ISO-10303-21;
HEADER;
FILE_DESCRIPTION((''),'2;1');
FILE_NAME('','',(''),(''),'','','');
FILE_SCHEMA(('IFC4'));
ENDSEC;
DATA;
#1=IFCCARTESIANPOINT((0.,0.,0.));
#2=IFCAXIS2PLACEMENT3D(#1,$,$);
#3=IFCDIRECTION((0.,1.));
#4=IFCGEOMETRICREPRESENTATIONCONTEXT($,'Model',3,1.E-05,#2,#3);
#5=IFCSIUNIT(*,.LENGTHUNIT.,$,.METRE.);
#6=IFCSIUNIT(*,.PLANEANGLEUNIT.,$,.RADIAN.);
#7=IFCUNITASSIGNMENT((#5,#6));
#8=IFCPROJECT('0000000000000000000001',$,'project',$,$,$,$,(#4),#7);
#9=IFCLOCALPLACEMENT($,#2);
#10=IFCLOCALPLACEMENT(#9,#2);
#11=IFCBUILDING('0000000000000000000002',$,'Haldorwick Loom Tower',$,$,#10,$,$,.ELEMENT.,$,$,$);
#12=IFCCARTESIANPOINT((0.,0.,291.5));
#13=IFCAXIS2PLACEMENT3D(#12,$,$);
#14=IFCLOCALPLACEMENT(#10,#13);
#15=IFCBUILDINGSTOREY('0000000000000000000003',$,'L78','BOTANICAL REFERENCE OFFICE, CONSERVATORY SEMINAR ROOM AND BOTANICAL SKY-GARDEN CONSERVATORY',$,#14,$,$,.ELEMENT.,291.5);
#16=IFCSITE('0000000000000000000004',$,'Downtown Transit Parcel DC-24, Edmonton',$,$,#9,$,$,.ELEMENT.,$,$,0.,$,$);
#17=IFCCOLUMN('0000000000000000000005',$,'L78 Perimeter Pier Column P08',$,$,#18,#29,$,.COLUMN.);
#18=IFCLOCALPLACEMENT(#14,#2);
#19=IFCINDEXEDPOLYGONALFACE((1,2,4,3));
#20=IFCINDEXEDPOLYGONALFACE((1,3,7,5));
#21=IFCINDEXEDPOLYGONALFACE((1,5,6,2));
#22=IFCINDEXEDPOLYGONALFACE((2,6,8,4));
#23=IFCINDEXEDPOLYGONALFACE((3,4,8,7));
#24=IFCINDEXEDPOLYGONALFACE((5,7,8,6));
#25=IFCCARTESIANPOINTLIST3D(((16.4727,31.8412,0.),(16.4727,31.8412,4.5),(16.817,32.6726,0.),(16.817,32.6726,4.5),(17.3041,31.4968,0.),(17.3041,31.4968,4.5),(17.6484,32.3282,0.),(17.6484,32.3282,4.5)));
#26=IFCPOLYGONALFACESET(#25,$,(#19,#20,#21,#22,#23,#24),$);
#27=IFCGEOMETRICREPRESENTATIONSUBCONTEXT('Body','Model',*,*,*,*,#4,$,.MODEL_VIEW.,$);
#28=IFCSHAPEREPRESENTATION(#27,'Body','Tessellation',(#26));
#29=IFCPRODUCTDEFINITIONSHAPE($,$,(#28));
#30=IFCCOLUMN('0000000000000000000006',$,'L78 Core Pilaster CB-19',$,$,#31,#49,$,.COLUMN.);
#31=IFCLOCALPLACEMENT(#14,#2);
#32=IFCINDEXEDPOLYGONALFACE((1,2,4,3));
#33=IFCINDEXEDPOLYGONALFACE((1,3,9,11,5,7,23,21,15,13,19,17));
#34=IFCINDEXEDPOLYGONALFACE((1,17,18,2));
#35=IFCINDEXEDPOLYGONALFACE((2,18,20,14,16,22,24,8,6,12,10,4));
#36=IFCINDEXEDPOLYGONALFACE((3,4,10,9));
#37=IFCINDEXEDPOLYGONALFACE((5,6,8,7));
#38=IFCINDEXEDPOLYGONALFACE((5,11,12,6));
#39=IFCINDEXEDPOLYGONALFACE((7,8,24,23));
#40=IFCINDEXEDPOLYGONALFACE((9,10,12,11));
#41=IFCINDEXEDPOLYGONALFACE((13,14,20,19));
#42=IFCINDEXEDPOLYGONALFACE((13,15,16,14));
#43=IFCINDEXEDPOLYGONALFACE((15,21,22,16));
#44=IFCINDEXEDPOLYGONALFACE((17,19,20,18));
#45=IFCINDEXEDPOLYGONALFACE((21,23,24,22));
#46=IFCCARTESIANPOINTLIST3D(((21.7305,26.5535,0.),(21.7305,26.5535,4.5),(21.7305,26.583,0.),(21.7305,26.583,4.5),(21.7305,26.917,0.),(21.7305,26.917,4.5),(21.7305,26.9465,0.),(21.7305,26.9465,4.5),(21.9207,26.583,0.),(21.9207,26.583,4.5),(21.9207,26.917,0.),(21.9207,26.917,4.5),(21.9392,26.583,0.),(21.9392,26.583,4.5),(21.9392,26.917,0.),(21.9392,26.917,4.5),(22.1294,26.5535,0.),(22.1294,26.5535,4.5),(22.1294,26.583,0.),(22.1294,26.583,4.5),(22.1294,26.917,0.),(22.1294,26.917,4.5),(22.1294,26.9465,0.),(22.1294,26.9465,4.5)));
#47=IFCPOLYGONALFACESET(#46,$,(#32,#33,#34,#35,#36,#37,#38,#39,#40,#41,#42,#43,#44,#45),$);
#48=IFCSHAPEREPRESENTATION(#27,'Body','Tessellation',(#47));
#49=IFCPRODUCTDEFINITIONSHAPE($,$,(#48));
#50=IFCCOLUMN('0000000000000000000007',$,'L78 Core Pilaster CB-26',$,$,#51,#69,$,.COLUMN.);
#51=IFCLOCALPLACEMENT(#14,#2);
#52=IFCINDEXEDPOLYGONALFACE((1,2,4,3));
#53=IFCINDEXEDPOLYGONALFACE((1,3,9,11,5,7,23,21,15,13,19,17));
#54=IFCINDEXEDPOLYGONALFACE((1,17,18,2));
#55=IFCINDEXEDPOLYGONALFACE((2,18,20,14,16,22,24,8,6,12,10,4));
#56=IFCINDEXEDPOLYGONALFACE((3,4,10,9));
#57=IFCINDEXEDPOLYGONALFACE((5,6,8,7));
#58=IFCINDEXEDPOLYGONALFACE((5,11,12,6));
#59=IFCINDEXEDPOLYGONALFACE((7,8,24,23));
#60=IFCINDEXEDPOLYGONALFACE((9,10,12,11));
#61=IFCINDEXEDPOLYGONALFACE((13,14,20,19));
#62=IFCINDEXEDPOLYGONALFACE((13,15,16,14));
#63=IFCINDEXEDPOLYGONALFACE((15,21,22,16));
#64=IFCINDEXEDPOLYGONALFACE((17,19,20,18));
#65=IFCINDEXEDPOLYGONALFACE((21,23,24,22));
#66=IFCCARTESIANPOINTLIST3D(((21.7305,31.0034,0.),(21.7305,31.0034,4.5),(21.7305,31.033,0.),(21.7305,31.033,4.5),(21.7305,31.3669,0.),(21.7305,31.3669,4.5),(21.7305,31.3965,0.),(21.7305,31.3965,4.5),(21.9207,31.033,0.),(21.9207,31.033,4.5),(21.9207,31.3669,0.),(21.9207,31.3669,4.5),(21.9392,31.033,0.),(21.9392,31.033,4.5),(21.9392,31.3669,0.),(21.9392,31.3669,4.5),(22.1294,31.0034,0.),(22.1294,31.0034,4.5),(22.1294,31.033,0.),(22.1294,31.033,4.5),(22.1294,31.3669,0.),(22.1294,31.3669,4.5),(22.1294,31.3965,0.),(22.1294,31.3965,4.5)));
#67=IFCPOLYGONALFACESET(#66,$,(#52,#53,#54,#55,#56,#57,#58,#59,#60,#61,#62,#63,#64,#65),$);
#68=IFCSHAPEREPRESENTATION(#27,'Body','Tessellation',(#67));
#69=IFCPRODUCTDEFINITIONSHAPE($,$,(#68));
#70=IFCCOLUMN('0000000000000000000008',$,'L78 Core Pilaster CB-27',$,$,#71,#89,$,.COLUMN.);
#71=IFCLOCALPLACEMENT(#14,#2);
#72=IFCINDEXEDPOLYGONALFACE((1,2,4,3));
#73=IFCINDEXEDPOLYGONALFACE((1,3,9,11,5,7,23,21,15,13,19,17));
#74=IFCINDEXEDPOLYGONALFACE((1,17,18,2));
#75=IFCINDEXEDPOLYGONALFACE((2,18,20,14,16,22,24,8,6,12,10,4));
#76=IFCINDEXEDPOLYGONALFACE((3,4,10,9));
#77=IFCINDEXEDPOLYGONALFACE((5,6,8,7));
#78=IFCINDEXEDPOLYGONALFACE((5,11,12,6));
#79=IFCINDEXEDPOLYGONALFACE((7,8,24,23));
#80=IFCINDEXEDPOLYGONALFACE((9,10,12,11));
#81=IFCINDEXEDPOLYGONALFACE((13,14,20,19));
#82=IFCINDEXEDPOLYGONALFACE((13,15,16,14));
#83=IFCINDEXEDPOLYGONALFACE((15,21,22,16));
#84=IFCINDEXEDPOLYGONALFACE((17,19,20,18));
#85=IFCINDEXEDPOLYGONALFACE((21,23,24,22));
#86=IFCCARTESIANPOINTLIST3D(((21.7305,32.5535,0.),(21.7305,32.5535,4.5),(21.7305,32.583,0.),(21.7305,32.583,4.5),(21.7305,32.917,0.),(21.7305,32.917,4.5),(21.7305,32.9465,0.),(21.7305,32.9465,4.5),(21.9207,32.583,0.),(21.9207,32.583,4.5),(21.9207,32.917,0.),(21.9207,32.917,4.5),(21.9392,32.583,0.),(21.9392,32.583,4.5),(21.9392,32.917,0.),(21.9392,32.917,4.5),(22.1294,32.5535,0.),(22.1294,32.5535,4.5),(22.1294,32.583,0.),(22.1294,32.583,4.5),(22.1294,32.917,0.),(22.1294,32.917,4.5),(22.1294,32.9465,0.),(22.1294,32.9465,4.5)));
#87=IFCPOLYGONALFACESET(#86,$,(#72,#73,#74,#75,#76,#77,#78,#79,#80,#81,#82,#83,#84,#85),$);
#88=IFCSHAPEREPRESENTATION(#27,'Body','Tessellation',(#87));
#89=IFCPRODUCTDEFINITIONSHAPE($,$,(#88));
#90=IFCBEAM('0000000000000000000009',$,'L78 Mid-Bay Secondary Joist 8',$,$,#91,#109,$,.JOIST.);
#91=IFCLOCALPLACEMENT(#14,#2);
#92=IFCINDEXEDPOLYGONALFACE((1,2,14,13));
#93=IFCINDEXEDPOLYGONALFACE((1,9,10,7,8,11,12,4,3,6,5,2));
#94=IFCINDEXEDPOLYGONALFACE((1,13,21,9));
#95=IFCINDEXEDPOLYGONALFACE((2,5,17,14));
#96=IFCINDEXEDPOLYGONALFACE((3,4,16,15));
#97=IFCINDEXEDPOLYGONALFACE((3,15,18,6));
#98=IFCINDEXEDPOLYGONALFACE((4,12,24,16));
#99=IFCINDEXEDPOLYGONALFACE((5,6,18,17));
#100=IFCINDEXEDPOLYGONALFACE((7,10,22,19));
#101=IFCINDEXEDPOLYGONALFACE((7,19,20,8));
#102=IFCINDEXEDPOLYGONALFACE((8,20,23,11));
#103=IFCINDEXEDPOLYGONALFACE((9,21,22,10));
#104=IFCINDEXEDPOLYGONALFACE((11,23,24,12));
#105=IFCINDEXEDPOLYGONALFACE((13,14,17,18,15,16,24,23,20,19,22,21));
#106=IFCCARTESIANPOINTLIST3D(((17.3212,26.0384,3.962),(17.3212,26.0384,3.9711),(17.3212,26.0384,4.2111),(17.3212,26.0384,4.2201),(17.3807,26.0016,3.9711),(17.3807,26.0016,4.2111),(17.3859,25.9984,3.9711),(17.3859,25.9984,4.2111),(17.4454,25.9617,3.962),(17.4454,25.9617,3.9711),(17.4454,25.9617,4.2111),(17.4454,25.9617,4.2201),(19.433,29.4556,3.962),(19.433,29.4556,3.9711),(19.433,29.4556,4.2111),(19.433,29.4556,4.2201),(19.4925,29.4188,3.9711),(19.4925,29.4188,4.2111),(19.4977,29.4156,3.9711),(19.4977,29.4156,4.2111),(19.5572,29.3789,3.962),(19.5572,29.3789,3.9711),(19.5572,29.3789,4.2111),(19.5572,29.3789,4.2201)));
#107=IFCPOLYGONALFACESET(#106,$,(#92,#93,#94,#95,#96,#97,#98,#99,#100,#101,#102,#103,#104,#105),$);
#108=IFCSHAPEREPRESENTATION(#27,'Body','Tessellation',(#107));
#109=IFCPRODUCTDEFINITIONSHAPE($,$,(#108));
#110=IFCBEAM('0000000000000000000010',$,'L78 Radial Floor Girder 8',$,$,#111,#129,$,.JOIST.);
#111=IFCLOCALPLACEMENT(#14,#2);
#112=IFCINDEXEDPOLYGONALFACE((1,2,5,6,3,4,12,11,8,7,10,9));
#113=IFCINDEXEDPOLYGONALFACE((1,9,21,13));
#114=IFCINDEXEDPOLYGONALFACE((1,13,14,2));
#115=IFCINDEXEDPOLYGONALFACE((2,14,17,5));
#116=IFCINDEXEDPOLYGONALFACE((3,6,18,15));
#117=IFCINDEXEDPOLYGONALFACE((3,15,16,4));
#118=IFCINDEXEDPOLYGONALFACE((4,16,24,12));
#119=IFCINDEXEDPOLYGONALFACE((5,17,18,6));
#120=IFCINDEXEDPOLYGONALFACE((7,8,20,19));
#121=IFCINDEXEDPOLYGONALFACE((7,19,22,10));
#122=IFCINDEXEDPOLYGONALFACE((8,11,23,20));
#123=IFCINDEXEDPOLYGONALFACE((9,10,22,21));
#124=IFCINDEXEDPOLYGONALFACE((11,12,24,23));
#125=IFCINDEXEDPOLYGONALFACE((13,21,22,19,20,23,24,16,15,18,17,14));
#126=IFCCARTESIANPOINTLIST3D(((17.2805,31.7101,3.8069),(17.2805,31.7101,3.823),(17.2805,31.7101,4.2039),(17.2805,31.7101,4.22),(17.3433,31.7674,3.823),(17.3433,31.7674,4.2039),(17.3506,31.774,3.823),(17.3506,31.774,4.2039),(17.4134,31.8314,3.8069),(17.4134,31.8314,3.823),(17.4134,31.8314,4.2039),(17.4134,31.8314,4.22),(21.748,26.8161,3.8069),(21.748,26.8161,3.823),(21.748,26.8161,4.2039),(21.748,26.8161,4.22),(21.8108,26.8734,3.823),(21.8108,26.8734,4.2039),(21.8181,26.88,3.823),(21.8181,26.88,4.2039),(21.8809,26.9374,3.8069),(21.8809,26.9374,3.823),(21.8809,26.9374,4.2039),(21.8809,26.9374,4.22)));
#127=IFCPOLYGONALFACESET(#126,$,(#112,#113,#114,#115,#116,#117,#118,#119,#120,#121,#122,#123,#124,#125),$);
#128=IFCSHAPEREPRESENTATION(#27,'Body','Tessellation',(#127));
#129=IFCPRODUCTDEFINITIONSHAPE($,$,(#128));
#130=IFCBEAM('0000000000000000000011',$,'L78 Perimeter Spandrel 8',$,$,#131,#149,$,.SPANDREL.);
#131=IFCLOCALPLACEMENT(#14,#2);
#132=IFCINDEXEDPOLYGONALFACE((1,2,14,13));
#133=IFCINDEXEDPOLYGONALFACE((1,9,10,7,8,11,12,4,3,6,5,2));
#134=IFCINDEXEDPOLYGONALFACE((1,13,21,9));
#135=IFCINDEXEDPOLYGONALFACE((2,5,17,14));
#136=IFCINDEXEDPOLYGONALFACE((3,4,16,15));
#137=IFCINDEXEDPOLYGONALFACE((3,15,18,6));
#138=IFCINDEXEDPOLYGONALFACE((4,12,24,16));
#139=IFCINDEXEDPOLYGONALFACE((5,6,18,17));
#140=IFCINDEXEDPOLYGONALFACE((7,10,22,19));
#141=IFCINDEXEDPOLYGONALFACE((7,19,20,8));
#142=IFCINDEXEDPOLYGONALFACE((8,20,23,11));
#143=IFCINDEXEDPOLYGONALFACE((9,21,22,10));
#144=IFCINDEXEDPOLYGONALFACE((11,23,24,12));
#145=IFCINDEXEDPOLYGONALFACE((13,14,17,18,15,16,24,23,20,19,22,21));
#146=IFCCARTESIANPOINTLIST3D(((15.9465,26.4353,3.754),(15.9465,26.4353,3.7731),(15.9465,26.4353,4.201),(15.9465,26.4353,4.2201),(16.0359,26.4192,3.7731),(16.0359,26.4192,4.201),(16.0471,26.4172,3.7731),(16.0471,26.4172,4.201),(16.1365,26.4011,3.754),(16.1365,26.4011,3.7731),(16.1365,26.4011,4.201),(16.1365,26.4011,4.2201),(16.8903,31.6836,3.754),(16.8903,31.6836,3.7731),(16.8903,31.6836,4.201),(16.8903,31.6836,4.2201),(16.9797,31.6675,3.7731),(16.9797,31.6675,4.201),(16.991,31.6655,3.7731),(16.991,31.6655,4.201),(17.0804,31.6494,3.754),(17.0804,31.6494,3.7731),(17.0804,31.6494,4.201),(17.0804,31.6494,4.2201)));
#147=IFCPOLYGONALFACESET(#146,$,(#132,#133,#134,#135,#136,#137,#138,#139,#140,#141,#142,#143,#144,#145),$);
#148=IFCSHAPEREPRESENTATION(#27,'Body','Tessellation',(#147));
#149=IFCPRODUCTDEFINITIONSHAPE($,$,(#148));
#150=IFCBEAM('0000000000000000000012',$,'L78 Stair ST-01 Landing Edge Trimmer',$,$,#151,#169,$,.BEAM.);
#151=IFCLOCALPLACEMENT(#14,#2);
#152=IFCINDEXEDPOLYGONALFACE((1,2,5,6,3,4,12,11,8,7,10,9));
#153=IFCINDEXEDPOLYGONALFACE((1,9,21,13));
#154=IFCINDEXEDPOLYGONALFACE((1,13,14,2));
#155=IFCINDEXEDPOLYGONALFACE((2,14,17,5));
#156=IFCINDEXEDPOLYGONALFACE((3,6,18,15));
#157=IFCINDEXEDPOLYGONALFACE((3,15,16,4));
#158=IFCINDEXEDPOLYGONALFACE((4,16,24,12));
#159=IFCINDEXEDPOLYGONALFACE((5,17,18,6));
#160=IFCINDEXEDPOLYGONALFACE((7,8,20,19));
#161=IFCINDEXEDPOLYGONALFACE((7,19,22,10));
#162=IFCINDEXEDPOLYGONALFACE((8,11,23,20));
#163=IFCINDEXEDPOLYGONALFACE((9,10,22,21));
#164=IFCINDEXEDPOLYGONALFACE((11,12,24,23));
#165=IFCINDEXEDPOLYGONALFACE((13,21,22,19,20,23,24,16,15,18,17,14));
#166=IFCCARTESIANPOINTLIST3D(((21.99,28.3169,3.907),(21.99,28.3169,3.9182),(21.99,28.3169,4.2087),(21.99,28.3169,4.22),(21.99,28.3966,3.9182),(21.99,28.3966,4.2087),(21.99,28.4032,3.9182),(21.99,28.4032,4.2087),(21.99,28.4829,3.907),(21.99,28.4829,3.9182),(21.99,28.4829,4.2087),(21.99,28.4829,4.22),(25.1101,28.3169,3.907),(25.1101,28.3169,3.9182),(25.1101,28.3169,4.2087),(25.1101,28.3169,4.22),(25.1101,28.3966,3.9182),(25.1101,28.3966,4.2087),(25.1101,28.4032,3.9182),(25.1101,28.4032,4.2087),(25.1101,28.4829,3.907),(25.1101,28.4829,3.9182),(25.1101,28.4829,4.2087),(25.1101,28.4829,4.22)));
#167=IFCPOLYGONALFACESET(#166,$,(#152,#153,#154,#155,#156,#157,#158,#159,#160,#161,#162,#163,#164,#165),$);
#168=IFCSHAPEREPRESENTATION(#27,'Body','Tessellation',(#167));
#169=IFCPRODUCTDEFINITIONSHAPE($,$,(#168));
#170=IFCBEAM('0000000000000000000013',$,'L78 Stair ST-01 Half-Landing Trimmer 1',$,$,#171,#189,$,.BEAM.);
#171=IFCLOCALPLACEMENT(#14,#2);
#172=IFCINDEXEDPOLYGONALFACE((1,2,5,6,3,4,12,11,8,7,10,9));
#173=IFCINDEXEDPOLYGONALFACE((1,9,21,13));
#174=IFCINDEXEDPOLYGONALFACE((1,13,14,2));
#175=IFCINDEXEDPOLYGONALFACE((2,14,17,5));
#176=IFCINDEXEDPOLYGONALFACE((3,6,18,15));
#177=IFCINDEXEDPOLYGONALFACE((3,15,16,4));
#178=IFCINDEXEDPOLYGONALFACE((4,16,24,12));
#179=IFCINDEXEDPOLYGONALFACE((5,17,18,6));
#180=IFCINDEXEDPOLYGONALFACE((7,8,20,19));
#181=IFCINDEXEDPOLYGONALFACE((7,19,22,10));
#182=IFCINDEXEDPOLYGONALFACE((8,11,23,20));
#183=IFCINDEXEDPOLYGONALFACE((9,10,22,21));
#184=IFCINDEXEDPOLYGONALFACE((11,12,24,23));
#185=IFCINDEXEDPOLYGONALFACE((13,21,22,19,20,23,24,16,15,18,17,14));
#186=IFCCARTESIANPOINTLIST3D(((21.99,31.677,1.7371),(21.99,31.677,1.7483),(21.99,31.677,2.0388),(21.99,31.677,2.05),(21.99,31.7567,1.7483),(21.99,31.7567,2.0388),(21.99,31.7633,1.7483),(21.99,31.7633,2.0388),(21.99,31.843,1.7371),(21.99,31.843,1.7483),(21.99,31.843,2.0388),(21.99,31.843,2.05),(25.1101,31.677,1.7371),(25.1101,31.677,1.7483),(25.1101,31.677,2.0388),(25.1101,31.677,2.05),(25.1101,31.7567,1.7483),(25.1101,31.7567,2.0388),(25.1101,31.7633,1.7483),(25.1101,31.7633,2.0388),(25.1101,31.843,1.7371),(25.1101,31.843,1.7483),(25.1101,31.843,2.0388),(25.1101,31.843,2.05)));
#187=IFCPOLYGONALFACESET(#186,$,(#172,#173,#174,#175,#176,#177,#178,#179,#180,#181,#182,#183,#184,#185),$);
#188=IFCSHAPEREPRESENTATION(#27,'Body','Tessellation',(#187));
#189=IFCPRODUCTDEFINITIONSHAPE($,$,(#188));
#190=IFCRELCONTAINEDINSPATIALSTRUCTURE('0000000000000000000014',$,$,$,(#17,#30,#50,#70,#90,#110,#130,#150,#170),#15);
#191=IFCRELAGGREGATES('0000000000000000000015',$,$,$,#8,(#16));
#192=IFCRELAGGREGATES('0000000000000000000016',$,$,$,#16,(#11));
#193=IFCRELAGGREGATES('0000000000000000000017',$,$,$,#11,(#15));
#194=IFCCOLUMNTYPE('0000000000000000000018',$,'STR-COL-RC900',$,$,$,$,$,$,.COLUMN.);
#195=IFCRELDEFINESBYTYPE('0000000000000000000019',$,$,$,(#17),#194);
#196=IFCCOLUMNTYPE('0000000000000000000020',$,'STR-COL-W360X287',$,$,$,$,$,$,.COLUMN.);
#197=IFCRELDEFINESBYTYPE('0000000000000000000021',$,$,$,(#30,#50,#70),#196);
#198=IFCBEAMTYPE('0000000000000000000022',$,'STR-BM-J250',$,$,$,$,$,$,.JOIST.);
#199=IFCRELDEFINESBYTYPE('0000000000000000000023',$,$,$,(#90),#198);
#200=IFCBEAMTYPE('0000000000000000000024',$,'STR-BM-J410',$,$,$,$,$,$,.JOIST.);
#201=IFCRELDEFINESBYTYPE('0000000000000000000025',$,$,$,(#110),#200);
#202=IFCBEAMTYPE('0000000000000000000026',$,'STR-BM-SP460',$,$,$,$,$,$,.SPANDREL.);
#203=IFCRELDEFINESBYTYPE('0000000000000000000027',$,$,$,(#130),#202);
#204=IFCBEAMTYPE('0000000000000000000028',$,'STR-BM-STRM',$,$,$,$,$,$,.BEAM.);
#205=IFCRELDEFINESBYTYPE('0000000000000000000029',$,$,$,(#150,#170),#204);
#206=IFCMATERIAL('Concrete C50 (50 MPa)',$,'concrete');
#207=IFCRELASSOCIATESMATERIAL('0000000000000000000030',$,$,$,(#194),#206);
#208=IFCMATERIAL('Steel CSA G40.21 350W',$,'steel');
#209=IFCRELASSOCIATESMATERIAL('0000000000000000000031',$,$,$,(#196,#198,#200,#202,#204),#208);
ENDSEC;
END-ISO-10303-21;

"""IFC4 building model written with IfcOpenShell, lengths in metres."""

from ifc_helpers import new_model, si_unit, direction, frame, origin, origin_2d, place, context, subcontext, project, spatial, rectangle, i_section, extrude, material, material_profile, profile_set, type_object, element, save


model = new_model("IFC4")

# Units and contexts
model_context = context("Model", 3, precision=1e-05, world=origin(), true_north=direction((0.0, 1.0)))
body_context = subcontext(model_context, "Body", "Model", "MODEL_VIEW")
ifc_project = project(units=[si_unit("LENGTHUNIT", "METRE"), si_unit("PLANEANGLEUNIT", "RADIAN")], contexts=[model_context])

# Site, building, storey
site_placement = place(None, origin())
site = spatial("IfcSite", under=ifc_project, at=site_placement, Name="Downtown Transit Parcel DC-24, Edmonton", CompositionType="ELEMENT", RefElevation=0.0)
building_placement = place(site_placement, origin())
building = spatial("IfcBuilding", under=site, at=building_placement, Name="Haldorwick Loom Tower", CompositionType="ELEMENT")
storey_placement = place(building_placement, frame((0.0, 0.0, 291.5)))
storey = spatial("IfcBuildingStorey", under=building, at=storey_placement, Name="L78", Description="BOTANICAL REFERENCE OFFICE, CONSERVATORY SEMINAR ROOM AND BOTANICAL SKY-GARDEN CONSERVATORY", CompositionType="ELEMENT", Elevation=291.5)

# Columns
ifc_material_1 = material(Name="Concrete C50 (50 MPa)", Category="concrete")
ifc_material_profile_1 = material_profile(ifc_material_1, rectangle(XDim=0.8999, YDim=0.8999, at=origin_2d()), Name="RC900X900", Category="concrete")
ifc_profile_set_1 = profile_set([ifc_material_profile_1], Name="Concrete C50 (50 MPa)")
column_type_1 = type_object("IfcColumnType", Name="STR-COL-RC900", PredefinedType="COLUMN", material=ifc_profile_set_1)
column_placement = place(storey_placement, frame((17.0605, 32.0847, 0.0), z_axis=(0.0, 0.0, 1.0), x_axis=(-0.92388, 0.382683, 0.0)))
element("IfcColumn", 1, at=column_placement, inside=storey, type_object=column_type_1, Name="L78 Perimeter Pier Column P08", PredefinedType="COLUMN", context=body_context, shape_type="SweptSolid", body=[
    extrude(rectangle(XDim=0.8999, YDim=0.8999, at=origin_2d()), origin(), (0.0, 0.0, 1.0), 4.5),
])
ifc_material_2 = material(Name="Steel CSA G40.21 350W", Category="steel")
ifc_material_profile_2 = material_profile(ifc_material_2, i_section(OverallWidth=0.3989, OverallDepth=0.3931, WebThickness=0.0186, FlangeThickness=0.0295, at=origin_2d()), Name="W360X287", Category="steel")
ifc_profile_set_2 = profile_set([ifc_material_profile_2], Name="Steel CSA G40.21 350W")
column_type_2 = type_object("IfcColumnType", Name="STR-COL-W360X287", PredefinedType="COLUMN", material=ifc_profile_set_2)
for number, where, z_axis, x_axis, name in (
    (2, (21.9299, 26.75, 0.0), (0.0, 0.0, 1.0), (1.0, 0.0, 0.0), "L78 Core Pilaster CB-19"),
    (3, (21.9299, 31.2, 0.0), (0.0, 0.0, 1.0), (1.0, 0.0, 0.0), "L78 Core Pilaster CB-26"),
    (4, (21.9299, 32.75, 0.0), (0.0, 0.0, 1.0), (1.0, 0.0, 0.0), "L78 Core Pilaster CB-27"),
):
    element("IfcColumn", number, at=place(storey_placement, frame(where, z_axis=z_axis, x_axis=x_axis)), inside=storey, type_object=column_type_2, Name=name, PredefinedType="COLUMN", context=body_context, shape_type="SweptSolid", body=[
        extrude(i_section(OverallWidth=0.3989, OverallDepth=0.3931, WebThickness=0.0186, FlangeThickness=0.0295, at=origin_2d()), origin(), (0.0, 0.0, 1.0), 4.5),
    ])

# Beams
ifc_material_profile_3 = material_profile(ifc_material_2, i_section(OverallWidth=0.146, OverallDepth=0.2581, WebThickness=0.0061, FlangeThickness=0.009, at=origin_2d()), Name="W250X33", Category="steel")
ifc_profile_set_3 = profile_set([ifc_material_profile_3], Name="Steel CSA G40.21 350W")
beam_type_1 = type_object("IfcBeamType", Name="STR-BM-J250", PredefinedType="JOIST", material=ifc_profile_set_3)
beam_1_placement = place(storey_placement, frame((19.4951, 29.4172, 4.0911), z_axis=(-0.525704, -0.850668, 0.0), x_axis=(0.850668, -0.525704, 0.0)))
element("IfcBeam", 5, at=beam_1_placement, inside=storey, type_object=beam_type_1, Name="L78 Mid-Bay Secondary Joist 8", PredefinedType="JOIST", context=body_context, shape_type="SweptSolid", body=[
    extrude(i_section(OverallWidth=0.146, OverallDepth=0.2581, WebThickness=0.0061, FlangeThickness=0.009, at=origin_2d()), origin(), (0.0, 0.0, 1.0), 4.0171),
])
ifc_material_profile_4 = material_profile(ifc_material_2, i_section(OverallWidth=0.1799, OverallDepth=0.4131, WebThickness=0.0098, FlangeThickness=0.0161, at=origin_2d()), Name="W410X74", Category="steel")
ifc_profile_set_4 = profile_set([ifc_material_profile_4], Name="Steel CSA G40.21 350W")
beam_type_2 = type_object("IfcBeamType", Name="STR-BM-J410", PredefinedType="JOIST", material=ifc_profile_set_4)
beam_2_placement = place(storey_placement, frame((21.8145, 26.8767, 4.0134), z_axis=(-0.674192, 0.738556, 0.0), x_axis=(-0.738556, -0.674192, 0.0)))
element("IfcBeam", 6, at=beam_2_placement, inside=storey, type_object=beam_type_2, Name="L78 Radial Floor Girder 8", PredefinedType="JOIST", context=body_context, shape_type="SweptSolid", body=[
    extrude(i_section(OverallWidth=0.1799, OverallDepth=0.4131, WebThickness=0.0098, FlangeThickness=0.0161, at=origin_2d()), origin(), (0.0, 0.0, 1.0), 6.6265),
])
ifc_material_profile_5 = material_profile(ifc_material_2, i_section(OverallWidth=0.1931, OverallDepth=0.4661, WebThickness=0.0115, FlangeThickness=0.019, at=origin_2d()), Name="W460X97", Category="steel")
ifc_profile_set_5 = profile_set([ifc_material_profile_5], Name="Steel CSA G40.21 350W")
beam_type_3 = type_object("IfcBeamType", Name="STR-BM-SP460", PredefinedType="SPANDREL", material=ifc_profile_set_5)
beam_3_placement = place(storey_placement, frame((16.9854, 31.6665, 3.9871), z_axis=(-0.177, -0.984211, 0.0), x_axis=(0.984211, -0.177, 0.0)))
element("IfcBeam", 7, at=beam_3_placement, inside=storey, type_object=beam_type_3, Name="L78 Perimeter Spandrel 8", PredefinedType="SPANDREL", context=body_context, shape_type="SweptSolid", body=[
    extrude(i_section(OverallWidth=0.1931, OverallDepth=0.4661, WebThickness=0.0115, FlangeThickness=0.019, at=origin_2d()), origin(), (0.0, 0.0, 1.0), 5.3325),
])
ifc_material_profile_6 = material_profile(ifc_material_2, i_section(OverallWidth=0.166, OverallDepth=0.313, WebThickness=0.0066, FlangeThickness=0.0112, at=origin_2d()), Name="W310X45", Category="steel")
ifc_profile_set_6 = profile_set([ifc_material_profile_6], Name="Steel CSA G40.21 350W")
beam_type_4 = type_object("IfcBeamType", Name="STR-BM-STRM", PredefinedType="BEAM", material=ifc_profile_set_6)
for number, where, z_axis, x_axis, name in (
    (8, (21.99, 28.3999, 4.0635), (1.0, 0.0, 0.0), (0.0, 1.0, 0.0), "L78 Stair ST-01 Landing Edge Trimmer"),
    (9, (21.99, 31.76, 1.8936), (1.0, 0.0, 0.0), (0.0, 1.0, 0.0), "L78 Stair ST-01 Half-Landing Trimmer 1"),
):
    element("IfcBeam", number, at=place(storey_placement, frame(where, z_axis=z_axis, x_axis=x_axis)), inside=storey, type_object=beam_type_4, Name=name, PredefinedType="BEAM", context=body_context, shape_type="SweptSolid", body=[
        extrude(i_section(OverallWidth=0.166, OverallDepth=0.313, WebThickness=0.0066, FlangeThickness=0.0112, at=origin_2d()), origin(), (0.0, 0.0, 1.0), 3.1201),
    ])

save(model, "model.ifc")
